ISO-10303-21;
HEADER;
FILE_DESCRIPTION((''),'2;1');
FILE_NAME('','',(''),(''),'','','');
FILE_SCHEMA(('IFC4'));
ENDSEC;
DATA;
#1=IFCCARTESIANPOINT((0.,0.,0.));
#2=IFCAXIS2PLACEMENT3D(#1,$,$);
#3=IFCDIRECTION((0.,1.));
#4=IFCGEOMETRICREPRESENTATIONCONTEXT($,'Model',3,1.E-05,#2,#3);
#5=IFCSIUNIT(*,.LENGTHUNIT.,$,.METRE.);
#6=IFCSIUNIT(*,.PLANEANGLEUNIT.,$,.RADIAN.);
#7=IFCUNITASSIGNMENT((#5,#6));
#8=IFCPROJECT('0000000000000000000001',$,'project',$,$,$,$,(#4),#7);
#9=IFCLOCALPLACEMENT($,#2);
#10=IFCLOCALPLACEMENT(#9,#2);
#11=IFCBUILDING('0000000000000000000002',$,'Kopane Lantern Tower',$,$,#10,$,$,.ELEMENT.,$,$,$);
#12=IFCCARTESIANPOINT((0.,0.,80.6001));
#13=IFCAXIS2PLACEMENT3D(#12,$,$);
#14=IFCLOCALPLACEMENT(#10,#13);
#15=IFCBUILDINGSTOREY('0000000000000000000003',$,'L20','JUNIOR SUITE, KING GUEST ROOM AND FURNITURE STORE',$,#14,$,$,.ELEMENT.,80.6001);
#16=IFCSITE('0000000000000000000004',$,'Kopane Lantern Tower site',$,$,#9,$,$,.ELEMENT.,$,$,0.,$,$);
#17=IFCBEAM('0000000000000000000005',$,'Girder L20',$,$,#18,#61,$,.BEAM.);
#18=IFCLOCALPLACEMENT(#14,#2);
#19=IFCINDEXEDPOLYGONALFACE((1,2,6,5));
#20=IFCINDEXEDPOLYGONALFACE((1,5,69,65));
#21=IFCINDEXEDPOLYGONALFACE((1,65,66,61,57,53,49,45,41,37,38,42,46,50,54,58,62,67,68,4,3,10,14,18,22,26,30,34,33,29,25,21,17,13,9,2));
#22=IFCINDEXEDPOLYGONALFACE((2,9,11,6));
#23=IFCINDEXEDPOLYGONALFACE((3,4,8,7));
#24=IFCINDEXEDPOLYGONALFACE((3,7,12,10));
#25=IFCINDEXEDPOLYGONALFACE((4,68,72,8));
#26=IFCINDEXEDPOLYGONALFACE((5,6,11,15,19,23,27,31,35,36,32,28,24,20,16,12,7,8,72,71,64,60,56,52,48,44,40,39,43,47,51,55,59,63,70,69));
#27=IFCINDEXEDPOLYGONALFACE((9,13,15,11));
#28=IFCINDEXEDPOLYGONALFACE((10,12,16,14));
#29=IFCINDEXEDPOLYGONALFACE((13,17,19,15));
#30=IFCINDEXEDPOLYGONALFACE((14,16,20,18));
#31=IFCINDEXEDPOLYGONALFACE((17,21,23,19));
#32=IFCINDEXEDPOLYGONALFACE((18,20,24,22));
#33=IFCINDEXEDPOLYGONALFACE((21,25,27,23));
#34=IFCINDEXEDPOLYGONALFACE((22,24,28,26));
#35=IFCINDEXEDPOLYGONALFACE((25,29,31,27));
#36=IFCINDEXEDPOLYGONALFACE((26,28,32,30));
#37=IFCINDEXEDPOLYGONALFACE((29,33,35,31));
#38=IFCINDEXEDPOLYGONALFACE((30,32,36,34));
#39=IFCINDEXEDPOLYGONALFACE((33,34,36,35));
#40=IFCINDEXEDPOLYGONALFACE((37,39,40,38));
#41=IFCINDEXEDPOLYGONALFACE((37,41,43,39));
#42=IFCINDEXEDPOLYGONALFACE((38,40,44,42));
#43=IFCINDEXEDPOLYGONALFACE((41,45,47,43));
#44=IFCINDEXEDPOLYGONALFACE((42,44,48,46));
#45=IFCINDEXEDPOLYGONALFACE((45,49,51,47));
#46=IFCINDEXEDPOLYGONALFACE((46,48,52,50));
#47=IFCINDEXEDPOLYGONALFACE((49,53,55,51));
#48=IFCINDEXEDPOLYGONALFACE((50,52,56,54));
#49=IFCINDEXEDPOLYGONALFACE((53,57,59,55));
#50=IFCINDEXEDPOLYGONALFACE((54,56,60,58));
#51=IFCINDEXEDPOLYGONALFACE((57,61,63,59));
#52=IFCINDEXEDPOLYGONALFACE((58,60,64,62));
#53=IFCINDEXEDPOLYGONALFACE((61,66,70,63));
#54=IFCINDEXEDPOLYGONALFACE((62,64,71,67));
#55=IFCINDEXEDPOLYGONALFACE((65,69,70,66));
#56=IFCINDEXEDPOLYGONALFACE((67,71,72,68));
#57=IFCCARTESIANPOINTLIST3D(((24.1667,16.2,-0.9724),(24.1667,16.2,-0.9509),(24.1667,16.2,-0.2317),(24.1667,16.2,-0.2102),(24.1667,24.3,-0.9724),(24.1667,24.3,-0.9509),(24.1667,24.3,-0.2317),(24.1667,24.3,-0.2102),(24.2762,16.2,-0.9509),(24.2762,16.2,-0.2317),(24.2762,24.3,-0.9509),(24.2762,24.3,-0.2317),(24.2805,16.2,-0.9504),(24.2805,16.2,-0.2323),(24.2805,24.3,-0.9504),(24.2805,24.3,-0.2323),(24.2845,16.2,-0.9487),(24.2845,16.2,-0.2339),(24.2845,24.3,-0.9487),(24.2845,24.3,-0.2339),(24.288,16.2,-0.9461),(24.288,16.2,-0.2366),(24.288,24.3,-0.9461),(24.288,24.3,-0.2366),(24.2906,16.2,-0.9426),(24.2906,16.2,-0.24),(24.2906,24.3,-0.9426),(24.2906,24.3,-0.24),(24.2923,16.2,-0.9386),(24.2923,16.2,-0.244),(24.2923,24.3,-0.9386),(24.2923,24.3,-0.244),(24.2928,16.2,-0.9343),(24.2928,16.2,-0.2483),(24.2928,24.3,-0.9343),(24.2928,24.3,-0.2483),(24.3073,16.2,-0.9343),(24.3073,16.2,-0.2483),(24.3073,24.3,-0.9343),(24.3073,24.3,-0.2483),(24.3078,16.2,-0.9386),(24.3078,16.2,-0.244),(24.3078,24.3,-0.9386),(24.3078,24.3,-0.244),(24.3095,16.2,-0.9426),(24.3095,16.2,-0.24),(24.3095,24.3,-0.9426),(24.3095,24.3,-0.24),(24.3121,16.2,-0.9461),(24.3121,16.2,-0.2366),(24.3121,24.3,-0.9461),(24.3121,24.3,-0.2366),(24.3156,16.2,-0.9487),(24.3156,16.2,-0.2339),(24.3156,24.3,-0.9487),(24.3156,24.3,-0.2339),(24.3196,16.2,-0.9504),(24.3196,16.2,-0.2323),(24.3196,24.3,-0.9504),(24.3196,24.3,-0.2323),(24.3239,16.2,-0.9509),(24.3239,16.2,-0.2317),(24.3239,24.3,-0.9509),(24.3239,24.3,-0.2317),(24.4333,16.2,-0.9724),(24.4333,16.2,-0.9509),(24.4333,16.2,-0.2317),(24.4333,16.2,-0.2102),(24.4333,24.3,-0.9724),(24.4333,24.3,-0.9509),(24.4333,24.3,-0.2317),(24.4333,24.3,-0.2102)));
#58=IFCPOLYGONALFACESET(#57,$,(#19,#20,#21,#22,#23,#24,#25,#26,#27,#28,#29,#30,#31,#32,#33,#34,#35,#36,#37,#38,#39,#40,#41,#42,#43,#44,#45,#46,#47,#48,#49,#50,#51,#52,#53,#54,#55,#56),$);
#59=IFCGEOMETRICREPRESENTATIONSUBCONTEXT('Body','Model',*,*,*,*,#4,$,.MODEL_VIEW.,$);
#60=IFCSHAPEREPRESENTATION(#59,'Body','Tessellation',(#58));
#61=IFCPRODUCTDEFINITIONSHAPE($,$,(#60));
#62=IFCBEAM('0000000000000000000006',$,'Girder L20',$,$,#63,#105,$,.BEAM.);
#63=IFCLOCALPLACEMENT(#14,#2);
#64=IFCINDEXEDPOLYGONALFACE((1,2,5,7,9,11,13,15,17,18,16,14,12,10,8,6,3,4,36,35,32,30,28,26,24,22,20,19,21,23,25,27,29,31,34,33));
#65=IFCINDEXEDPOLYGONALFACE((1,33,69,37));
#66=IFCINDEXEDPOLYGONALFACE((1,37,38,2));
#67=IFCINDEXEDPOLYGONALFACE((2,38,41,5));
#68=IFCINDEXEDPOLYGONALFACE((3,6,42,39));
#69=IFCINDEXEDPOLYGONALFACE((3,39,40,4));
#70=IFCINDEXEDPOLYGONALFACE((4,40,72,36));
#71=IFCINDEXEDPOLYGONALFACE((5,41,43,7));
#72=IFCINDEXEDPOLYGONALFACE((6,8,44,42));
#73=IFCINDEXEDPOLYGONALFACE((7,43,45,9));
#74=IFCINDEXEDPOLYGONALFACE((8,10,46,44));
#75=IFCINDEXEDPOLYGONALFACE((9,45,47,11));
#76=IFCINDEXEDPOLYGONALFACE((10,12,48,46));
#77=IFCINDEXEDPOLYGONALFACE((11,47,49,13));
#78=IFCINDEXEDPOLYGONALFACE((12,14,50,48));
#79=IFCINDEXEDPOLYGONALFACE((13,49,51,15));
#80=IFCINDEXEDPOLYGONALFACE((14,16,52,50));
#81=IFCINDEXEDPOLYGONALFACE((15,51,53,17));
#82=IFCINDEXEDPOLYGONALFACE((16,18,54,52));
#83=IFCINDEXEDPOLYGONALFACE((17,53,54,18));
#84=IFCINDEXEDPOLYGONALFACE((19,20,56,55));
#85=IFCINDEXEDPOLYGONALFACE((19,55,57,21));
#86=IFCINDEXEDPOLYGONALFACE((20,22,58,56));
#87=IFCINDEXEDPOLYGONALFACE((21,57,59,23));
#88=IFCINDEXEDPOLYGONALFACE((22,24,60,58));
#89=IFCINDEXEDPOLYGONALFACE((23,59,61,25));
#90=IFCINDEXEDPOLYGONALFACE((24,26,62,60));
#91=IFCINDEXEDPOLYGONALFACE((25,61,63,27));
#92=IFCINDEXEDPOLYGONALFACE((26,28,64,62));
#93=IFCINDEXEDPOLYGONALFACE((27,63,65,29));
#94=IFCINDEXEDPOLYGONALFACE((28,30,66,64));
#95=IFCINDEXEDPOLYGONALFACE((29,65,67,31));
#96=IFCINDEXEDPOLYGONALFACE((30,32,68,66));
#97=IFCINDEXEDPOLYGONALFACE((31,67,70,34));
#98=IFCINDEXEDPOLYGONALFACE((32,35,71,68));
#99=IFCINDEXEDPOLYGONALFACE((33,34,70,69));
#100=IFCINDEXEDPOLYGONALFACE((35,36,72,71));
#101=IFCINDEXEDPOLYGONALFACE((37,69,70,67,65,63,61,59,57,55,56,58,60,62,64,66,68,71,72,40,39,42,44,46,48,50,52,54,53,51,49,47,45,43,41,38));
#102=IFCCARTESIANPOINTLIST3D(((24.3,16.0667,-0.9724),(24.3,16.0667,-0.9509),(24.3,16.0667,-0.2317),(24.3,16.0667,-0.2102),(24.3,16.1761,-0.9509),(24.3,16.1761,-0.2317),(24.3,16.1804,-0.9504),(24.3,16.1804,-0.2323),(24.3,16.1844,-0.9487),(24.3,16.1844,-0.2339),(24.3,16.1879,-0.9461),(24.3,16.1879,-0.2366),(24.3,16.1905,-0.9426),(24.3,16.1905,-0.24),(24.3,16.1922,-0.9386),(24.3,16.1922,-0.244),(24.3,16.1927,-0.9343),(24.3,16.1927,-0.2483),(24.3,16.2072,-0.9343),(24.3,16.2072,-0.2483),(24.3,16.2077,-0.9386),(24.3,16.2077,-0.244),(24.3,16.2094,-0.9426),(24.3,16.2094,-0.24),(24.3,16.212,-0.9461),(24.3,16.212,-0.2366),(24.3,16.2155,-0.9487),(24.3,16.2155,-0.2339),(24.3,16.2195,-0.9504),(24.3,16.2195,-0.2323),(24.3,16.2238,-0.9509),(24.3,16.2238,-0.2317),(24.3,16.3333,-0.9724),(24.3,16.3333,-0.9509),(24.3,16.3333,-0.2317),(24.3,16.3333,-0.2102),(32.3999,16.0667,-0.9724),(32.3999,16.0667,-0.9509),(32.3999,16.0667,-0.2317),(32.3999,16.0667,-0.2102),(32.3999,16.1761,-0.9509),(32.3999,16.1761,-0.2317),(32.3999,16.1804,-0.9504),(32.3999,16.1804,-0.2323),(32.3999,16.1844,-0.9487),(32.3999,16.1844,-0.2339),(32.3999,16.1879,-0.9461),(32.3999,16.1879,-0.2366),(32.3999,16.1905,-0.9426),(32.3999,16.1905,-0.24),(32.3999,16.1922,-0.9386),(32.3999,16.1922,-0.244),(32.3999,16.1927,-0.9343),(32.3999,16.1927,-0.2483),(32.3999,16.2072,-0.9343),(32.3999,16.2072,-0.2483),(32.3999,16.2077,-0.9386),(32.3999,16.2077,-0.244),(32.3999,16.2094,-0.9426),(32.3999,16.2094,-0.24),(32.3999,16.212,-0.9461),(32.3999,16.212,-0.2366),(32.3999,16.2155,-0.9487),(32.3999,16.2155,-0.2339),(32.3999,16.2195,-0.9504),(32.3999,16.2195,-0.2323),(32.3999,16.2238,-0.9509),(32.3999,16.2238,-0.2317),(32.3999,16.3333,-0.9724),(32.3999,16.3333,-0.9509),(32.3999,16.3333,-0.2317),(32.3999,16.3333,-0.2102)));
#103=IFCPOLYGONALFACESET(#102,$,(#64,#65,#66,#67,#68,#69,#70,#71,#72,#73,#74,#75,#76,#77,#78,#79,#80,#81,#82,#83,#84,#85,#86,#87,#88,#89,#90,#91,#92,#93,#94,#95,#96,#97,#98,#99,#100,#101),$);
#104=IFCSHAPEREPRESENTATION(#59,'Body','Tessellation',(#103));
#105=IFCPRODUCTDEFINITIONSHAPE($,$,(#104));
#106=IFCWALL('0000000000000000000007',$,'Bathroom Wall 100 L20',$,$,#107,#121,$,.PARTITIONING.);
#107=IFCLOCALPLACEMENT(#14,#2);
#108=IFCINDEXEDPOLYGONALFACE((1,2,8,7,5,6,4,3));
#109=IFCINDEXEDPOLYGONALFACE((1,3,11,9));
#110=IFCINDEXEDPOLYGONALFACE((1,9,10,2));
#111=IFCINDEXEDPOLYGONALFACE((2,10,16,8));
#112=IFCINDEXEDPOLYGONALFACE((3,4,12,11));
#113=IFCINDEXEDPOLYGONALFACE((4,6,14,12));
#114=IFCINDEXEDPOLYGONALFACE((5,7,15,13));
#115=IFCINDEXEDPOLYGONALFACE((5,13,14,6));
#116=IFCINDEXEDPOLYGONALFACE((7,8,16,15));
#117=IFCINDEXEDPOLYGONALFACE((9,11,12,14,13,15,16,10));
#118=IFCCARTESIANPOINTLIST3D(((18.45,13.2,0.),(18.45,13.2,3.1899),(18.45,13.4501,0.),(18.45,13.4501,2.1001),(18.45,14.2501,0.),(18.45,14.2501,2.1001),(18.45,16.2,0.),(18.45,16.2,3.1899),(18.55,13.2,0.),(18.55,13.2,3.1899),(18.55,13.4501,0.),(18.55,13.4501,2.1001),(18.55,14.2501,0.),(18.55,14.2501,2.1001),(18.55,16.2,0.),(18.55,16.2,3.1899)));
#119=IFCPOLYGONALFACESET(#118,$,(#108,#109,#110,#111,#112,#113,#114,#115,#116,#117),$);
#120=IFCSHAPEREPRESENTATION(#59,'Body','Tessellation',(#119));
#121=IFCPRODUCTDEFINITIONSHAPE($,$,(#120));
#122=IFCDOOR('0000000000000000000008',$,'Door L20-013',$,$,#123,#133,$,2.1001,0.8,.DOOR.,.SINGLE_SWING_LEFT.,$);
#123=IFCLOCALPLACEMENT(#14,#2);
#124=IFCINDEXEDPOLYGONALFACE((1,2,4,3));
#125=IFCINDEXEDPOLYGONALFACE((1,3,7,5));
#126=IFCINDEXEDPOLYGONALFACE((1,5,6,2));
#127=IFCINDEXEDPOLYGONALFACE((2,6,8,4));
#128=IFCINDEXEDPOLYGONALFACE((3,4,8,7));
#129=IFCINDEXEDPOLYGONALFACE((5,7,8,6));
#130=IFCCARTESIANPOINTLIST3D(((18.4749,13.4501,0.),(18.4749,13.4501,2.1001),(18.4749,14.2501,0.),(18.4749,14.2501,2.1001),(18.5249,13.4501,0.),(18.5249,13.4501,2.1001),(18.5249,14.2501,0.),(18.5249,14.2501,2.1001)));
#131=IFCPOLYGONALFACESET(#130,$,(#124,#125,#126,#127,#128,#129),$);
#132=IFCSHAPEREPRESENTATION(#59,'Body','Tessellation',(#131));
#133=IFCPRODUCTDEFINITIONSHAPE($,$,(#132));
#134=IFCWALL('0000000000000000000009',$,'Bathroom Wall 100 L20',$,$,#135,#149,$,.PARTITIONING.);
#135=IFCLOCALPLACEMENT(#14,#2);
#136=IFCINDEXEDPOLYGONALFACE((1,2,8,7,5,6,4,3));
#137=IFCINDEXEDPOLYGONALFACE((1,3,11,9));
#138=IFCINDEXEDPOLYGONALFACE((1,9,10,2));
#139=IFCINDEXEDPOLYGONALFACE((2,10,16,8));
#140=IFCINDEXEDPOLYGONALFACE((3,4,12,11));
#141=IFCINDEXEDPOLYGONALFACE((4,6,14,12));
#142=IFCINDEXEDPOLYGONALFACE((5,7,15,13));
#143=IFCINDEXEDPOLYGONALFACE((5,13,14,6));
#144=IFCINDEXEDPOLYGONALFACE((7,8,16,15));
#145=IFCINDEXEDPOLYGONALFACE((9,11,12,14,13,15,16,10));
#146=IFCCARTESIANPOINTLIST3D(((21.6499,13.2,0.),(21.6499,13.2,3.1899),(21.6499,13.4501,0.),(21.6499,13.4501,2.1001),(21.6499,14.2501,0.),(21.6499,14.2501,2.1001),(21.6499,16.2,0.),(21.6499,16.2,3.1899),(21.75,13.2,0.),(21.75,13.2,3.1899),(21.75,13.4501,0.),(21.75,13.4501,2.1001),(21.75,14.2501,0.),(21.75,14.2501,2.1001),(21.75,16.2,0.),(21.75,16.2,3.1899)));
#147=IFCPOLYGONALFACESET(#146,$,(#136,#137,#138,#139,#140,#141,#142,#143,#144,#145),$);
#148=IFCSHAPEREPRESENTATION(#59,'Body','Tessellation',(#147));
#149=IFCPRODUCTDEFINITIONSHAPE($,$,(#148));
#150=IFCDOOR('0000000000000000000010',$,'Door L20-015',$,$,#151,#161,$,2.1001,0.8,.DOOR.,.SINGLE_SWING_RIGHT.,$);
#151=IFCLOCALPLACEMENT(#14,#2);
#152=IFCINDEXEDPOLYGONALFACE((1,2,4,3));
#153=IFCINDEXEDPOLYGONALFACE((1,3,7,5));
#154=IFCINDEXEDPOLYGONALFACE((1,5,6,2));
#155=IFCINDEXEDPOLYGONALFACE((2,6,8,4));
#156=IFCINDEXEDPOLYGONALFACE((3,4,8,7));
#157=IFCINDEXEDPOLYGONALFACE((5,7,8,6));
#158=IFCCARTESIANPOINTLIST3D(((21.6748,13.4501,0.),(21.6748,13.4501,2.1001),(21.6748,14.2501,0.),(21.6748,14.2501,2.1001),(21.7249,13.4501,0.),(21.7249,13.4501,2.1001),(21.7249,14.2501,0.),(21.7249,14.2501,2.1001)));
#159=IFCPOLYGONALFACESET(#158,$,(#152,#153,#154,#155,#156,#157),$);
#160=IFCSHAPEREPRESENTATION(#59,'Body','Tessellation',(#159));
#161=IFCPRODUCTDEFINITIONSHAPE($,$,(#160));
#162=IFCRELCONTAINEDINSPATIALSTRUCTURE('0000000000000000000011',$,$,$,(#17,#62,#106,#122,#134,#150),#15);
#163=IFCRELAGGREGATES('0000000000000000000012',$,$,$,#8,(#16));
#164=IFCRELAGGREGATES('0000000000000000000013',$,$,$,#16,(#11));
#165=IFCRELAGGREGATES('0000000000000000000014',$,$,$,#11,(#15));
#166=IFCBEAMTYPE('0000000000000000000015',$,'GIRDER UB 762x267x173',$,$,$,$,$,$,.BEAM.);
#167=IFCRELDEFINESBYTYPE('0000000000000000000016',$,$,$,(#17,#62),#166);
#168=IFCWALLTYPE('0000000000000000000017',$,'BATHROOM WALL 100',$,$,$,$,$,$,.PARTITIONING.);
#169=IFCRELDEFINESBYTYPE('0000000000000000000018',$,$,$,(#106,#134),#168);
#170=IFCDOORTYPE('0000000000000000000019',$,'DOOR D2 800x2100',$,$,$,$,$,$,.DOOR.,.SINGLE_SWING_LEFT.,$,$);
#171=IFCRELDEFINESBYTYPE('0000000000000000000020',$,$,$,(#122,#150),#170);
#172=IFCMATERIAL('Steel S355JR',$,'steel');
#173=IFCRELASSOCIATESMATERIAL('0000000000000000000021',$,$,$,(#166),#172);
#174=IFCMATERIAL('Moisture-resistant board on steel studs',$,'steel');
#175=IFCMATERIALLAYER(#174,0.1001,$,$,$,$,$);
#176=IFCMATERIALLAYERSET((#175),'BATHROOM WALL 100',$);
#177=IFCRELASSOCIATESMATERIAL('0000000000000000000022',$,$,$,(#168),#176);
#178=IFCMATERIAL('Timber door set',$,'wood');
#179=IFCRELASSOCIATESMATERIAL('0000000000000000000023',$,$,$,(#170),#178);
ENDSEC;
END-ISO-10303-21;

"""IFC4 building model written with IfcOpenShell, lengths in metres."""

from ifc_helpers import new_model, si_unit, direction, frame, frame_2d, origin, origin_2d, place, context, subcontext, project, spatial, rectangle, i_section, extrude, material, layer, layer_set, material_profile, profile_set, type_object, element, fill, save


model = new_model("IFC4")

# Units and contexts
model_context = context("Model", 3, precision=1e-05, world=origin(), true_north=direction((0.0, 1.0)))
body_context = subcontext(model_context, "Body", "Model", "MODEL_VIEW")
ifc_project = project(units=[si_unit("LENGTHUNIT", "METRE"), si_unit("PLANEANGLEUNIT", "RADIAN")], contexts=[model_context])

# Site, building, storey
site_placement = place(None, origin())
site = spatial("IfcSite", under=ifc_project, at=site_placement, Name="Kopane Lantern Tower site", CompositionType="ELEMENT", RefElevation=0.0)
building_placement = place(site_placement, origin())
building = spatial("IfcBuilding", under=site, at=building_placement, Name="Kopane Lantern Tower", CompositionType="ELEMENT")
storey_placement = place(building_placement, frame((0.0, 0.0, 80.6001)))
storey = spatial("IfcBuildingStorey", under=building, at=storey_placement, Name="L20", Description="JUNIOR SUITE, KING GUEST ROOM AND FURNITURE STORE", CompositionType="ELEMENT", Elevation=80.6001)

# Beams
ifc_material_1 = material(Name="Steel S355JR", Category="steel")
ifc_material_profile_1 = material_profile(ifc_material_1, i_section(OverallWidth=0.2666, OverallDepth=0.7622, WebThickness=0.0144, FlangeThickness=0.0215, FilletRadius=0.0166, at=origin_2d()), Name="UB 762x267x173")
ifc_profile_set_1 = profile_set([ifc_material_profile_1], Name="Steel S355JR")
beam_type = type_object("IfcBeamType", Name="GIRDER UB 762x267x173", PredefinedType="BEAM", material=ifc_profile_set_1)
for number, where, z_axis, x_axis, name in (
    (1, (24.3, 16.2, -0.5913), (0.0, 1.0, 0.0), (-1.0, 0.0, 0.0), "Girder L20"),
):
    element("IfcBeam", number, at=place(storey_placement, frame(where, z_axis=z_axis, x_axis=x_axis)), inside=storey, type_object=beam_type, Name=name, PredefinedType="BEAM", context=body_context, shape_type="SweptSolid", body=[
        extrude(i_section(OverallWidth=0.2666, OverallDepth=0.7622, WebThickness=0.0144, FlangeThickness=0.0215, FilletRadius=0.0166, at=origin_2d()), origin(), (0.0, 0.0, 1.0), 8.1001),
    ])
beam_1_placement = place(storey_placement, frame((24.3, 16.2, -0.5913), z_axis=(1.0, 0.0, 0.0), x_axis=(0.0, 1.0, 0.0)))
element("IfcBeam", 2, at=beam_1_placement, inside=storey, type_object=beam_type, Name="Girder L20", PredefinedType="BEAM", context=body_context, shape_type="SweptSolid", body=[
    extrude(i_section(OverallWidth=0.2666, OverallDepth=0.7622, WebThickness=0.0144, FlangeThickness=0.0215, FilletRadius=0.0166, at=origin_2d()), origin(), (0.0, 0.0, 1.0), 8.0999),
])

# Walls, openings, doors
ifc_material_2 = material(Name="Moisture-resistant board on steel studs", Category="steel")
ifc_layer_1 = layer(ifc_material_2, 0.1001)
ifc_layer_set_1 = layer_set([ifc_layer_1], Name="BATHROOM WALL 100")
wall_type_1 = type_object("IfcWallType", Name="BATHROOM WALL 100", PredefinedType="PARTITIONING", material=ifc_layer_set_1)
wall_1_placement = place(storey_placement, frame((18.5, 16.2, 0.0), z_axis=(0.0, 0.0, 1.0), x_axis=(0.0, -1.0, 0.0)))
wall_1 = element("IfcWall", 3, at=wall_1_placement, inside=storey, type_object=wall_type_1, Name="Bathroom Wall 100 L20", PredefinedType="PARTITIONING", context=body_context, shape_type="SweptSolid", body=[
    extrude(rectangle(XDim=3.0, YDim=0.1001, at=frame_2d((1.5, 0.0))), origin(), (0.0, 0.0, 1.0), 3.1899),
])
opening_1_placement = place(wall_1_placement, frame((1.95, 0.0, 0.0)))
opening_1 = element("IfcOpeningElement", 4, at=opening_1_placement, cuts=wall_1, PredefinedType="OPENING", context=body_context, shape_type="SweptSolid", body=[
    extrude(rectangle(XDim=0.8, YDim=2.1001, at=frame_2d((0.3999, 1.05))), frame((0.0, 0.0601, 0.0), z_axis=(0.0, -1.0, 0.0), x_axis=(1.0, 0.0, 0.0)), (0.0, 0.0, 1.0), 0.1201),
])
ifc_material_3 = material(Name="Timber door set", Category="wood")
door_type_1 = type_object("IfcDoorType", Name="DOOR D2 800x2100", OperationType="SINGLE_SWING_LEFT", PredefinedType="DOOR", material=ifc_material_3)
door_1_placement = place(opening_1_placement, origin())
door_1 = element("IfcDoor", 5, at=door_1_placement, inside=storey, type_object=door_type_1, Name="Door L20-013", OperationType="SINGLE_SWING_LEFT", OverallHeight=2.1001, OverallWidth=0.8, PredefinedType="DOOR", context=body_context, shape_type="SweptSolid", body=[
    extrude(rectangle(XDim=0.8, YDim=2.1001, at=frame_2d((0.3999, 1.05))), frame((0.0, 0.0249, 0.0), z_axis=(0.0, -1.0, 0.0), x_axis=(1.0, 0.0, 0.0)), (0.0, 0.0, 1.0), 0.05),
])
fill(opening_1, door_1)
wall_2_placement = place(storey_placement, frame((21.7, 16.2, 0.0), z_axis=(0.0, 0.0, 1.0), x_axis=(0.0, -1.0, 0.0)))
wall_2 = element("IfcWall", 6, at=wall_2_placement, inside=storey, type_object=wall_type_1, Name="Bathroom Wall 100 L20", PredefinedType="PARTITIONING", context=body_context, shape_type="SweptSolid", body=[
    extrude(rectangle(XDim=3.0, YDim=0.1001, at=frame_2d((1.5, 0.0))), origin(), (0.0, 0.0, 1.0), 3.1899),
])
opening_2_placement = place(wall_2_placement, frame((1.95, 0.0, 0.0)))
opening_2 = element("IfcOpeningElement", 7, at=opening_2_placement, cuts=wall_2, PredefinedType="OPENING", context=body_context, shape_type="SweptSolid", body=[
    extrude(rectangle(XDim=0.8, YDim=2.1001, at=frame_2d((0.3999, 1.05))), frame((0.0, 0.0601, 0.0), z_axis=(0.0, -1.0, 0.0), x_axis=(1.0, 0.0, 0.0)), (0.0, 0.0, 1.0), 0.1201),
])
door_2_placement = place(opening_2_placement, origin())
door_2 = element("IfcDoor", 8, at=door_2_placement, inside=storey, type_object=door_type_1, Name="Door L20-015", OperationType="SINGLE_SWING_RIGHT", OverallHeight=2.1001, OverallWidth=0.8, PredefinedType="DOOR", context=body_context, shape_type="SweptSolid", body=[
    extrude(rectangle(XDim=0.8, YDim=2.1001, at=frame_2d((0.3999, 1.05))), frame((0.0, 0.0249, 0.0), z_axis=(0.0, -1.0, 0.0), x_axis=(1.0, 0.0, 0.0)), (0.0, 0.0, 1.0), 0.05),
])
fill(opening_2, door_2)

save(model, "model.ifc")
